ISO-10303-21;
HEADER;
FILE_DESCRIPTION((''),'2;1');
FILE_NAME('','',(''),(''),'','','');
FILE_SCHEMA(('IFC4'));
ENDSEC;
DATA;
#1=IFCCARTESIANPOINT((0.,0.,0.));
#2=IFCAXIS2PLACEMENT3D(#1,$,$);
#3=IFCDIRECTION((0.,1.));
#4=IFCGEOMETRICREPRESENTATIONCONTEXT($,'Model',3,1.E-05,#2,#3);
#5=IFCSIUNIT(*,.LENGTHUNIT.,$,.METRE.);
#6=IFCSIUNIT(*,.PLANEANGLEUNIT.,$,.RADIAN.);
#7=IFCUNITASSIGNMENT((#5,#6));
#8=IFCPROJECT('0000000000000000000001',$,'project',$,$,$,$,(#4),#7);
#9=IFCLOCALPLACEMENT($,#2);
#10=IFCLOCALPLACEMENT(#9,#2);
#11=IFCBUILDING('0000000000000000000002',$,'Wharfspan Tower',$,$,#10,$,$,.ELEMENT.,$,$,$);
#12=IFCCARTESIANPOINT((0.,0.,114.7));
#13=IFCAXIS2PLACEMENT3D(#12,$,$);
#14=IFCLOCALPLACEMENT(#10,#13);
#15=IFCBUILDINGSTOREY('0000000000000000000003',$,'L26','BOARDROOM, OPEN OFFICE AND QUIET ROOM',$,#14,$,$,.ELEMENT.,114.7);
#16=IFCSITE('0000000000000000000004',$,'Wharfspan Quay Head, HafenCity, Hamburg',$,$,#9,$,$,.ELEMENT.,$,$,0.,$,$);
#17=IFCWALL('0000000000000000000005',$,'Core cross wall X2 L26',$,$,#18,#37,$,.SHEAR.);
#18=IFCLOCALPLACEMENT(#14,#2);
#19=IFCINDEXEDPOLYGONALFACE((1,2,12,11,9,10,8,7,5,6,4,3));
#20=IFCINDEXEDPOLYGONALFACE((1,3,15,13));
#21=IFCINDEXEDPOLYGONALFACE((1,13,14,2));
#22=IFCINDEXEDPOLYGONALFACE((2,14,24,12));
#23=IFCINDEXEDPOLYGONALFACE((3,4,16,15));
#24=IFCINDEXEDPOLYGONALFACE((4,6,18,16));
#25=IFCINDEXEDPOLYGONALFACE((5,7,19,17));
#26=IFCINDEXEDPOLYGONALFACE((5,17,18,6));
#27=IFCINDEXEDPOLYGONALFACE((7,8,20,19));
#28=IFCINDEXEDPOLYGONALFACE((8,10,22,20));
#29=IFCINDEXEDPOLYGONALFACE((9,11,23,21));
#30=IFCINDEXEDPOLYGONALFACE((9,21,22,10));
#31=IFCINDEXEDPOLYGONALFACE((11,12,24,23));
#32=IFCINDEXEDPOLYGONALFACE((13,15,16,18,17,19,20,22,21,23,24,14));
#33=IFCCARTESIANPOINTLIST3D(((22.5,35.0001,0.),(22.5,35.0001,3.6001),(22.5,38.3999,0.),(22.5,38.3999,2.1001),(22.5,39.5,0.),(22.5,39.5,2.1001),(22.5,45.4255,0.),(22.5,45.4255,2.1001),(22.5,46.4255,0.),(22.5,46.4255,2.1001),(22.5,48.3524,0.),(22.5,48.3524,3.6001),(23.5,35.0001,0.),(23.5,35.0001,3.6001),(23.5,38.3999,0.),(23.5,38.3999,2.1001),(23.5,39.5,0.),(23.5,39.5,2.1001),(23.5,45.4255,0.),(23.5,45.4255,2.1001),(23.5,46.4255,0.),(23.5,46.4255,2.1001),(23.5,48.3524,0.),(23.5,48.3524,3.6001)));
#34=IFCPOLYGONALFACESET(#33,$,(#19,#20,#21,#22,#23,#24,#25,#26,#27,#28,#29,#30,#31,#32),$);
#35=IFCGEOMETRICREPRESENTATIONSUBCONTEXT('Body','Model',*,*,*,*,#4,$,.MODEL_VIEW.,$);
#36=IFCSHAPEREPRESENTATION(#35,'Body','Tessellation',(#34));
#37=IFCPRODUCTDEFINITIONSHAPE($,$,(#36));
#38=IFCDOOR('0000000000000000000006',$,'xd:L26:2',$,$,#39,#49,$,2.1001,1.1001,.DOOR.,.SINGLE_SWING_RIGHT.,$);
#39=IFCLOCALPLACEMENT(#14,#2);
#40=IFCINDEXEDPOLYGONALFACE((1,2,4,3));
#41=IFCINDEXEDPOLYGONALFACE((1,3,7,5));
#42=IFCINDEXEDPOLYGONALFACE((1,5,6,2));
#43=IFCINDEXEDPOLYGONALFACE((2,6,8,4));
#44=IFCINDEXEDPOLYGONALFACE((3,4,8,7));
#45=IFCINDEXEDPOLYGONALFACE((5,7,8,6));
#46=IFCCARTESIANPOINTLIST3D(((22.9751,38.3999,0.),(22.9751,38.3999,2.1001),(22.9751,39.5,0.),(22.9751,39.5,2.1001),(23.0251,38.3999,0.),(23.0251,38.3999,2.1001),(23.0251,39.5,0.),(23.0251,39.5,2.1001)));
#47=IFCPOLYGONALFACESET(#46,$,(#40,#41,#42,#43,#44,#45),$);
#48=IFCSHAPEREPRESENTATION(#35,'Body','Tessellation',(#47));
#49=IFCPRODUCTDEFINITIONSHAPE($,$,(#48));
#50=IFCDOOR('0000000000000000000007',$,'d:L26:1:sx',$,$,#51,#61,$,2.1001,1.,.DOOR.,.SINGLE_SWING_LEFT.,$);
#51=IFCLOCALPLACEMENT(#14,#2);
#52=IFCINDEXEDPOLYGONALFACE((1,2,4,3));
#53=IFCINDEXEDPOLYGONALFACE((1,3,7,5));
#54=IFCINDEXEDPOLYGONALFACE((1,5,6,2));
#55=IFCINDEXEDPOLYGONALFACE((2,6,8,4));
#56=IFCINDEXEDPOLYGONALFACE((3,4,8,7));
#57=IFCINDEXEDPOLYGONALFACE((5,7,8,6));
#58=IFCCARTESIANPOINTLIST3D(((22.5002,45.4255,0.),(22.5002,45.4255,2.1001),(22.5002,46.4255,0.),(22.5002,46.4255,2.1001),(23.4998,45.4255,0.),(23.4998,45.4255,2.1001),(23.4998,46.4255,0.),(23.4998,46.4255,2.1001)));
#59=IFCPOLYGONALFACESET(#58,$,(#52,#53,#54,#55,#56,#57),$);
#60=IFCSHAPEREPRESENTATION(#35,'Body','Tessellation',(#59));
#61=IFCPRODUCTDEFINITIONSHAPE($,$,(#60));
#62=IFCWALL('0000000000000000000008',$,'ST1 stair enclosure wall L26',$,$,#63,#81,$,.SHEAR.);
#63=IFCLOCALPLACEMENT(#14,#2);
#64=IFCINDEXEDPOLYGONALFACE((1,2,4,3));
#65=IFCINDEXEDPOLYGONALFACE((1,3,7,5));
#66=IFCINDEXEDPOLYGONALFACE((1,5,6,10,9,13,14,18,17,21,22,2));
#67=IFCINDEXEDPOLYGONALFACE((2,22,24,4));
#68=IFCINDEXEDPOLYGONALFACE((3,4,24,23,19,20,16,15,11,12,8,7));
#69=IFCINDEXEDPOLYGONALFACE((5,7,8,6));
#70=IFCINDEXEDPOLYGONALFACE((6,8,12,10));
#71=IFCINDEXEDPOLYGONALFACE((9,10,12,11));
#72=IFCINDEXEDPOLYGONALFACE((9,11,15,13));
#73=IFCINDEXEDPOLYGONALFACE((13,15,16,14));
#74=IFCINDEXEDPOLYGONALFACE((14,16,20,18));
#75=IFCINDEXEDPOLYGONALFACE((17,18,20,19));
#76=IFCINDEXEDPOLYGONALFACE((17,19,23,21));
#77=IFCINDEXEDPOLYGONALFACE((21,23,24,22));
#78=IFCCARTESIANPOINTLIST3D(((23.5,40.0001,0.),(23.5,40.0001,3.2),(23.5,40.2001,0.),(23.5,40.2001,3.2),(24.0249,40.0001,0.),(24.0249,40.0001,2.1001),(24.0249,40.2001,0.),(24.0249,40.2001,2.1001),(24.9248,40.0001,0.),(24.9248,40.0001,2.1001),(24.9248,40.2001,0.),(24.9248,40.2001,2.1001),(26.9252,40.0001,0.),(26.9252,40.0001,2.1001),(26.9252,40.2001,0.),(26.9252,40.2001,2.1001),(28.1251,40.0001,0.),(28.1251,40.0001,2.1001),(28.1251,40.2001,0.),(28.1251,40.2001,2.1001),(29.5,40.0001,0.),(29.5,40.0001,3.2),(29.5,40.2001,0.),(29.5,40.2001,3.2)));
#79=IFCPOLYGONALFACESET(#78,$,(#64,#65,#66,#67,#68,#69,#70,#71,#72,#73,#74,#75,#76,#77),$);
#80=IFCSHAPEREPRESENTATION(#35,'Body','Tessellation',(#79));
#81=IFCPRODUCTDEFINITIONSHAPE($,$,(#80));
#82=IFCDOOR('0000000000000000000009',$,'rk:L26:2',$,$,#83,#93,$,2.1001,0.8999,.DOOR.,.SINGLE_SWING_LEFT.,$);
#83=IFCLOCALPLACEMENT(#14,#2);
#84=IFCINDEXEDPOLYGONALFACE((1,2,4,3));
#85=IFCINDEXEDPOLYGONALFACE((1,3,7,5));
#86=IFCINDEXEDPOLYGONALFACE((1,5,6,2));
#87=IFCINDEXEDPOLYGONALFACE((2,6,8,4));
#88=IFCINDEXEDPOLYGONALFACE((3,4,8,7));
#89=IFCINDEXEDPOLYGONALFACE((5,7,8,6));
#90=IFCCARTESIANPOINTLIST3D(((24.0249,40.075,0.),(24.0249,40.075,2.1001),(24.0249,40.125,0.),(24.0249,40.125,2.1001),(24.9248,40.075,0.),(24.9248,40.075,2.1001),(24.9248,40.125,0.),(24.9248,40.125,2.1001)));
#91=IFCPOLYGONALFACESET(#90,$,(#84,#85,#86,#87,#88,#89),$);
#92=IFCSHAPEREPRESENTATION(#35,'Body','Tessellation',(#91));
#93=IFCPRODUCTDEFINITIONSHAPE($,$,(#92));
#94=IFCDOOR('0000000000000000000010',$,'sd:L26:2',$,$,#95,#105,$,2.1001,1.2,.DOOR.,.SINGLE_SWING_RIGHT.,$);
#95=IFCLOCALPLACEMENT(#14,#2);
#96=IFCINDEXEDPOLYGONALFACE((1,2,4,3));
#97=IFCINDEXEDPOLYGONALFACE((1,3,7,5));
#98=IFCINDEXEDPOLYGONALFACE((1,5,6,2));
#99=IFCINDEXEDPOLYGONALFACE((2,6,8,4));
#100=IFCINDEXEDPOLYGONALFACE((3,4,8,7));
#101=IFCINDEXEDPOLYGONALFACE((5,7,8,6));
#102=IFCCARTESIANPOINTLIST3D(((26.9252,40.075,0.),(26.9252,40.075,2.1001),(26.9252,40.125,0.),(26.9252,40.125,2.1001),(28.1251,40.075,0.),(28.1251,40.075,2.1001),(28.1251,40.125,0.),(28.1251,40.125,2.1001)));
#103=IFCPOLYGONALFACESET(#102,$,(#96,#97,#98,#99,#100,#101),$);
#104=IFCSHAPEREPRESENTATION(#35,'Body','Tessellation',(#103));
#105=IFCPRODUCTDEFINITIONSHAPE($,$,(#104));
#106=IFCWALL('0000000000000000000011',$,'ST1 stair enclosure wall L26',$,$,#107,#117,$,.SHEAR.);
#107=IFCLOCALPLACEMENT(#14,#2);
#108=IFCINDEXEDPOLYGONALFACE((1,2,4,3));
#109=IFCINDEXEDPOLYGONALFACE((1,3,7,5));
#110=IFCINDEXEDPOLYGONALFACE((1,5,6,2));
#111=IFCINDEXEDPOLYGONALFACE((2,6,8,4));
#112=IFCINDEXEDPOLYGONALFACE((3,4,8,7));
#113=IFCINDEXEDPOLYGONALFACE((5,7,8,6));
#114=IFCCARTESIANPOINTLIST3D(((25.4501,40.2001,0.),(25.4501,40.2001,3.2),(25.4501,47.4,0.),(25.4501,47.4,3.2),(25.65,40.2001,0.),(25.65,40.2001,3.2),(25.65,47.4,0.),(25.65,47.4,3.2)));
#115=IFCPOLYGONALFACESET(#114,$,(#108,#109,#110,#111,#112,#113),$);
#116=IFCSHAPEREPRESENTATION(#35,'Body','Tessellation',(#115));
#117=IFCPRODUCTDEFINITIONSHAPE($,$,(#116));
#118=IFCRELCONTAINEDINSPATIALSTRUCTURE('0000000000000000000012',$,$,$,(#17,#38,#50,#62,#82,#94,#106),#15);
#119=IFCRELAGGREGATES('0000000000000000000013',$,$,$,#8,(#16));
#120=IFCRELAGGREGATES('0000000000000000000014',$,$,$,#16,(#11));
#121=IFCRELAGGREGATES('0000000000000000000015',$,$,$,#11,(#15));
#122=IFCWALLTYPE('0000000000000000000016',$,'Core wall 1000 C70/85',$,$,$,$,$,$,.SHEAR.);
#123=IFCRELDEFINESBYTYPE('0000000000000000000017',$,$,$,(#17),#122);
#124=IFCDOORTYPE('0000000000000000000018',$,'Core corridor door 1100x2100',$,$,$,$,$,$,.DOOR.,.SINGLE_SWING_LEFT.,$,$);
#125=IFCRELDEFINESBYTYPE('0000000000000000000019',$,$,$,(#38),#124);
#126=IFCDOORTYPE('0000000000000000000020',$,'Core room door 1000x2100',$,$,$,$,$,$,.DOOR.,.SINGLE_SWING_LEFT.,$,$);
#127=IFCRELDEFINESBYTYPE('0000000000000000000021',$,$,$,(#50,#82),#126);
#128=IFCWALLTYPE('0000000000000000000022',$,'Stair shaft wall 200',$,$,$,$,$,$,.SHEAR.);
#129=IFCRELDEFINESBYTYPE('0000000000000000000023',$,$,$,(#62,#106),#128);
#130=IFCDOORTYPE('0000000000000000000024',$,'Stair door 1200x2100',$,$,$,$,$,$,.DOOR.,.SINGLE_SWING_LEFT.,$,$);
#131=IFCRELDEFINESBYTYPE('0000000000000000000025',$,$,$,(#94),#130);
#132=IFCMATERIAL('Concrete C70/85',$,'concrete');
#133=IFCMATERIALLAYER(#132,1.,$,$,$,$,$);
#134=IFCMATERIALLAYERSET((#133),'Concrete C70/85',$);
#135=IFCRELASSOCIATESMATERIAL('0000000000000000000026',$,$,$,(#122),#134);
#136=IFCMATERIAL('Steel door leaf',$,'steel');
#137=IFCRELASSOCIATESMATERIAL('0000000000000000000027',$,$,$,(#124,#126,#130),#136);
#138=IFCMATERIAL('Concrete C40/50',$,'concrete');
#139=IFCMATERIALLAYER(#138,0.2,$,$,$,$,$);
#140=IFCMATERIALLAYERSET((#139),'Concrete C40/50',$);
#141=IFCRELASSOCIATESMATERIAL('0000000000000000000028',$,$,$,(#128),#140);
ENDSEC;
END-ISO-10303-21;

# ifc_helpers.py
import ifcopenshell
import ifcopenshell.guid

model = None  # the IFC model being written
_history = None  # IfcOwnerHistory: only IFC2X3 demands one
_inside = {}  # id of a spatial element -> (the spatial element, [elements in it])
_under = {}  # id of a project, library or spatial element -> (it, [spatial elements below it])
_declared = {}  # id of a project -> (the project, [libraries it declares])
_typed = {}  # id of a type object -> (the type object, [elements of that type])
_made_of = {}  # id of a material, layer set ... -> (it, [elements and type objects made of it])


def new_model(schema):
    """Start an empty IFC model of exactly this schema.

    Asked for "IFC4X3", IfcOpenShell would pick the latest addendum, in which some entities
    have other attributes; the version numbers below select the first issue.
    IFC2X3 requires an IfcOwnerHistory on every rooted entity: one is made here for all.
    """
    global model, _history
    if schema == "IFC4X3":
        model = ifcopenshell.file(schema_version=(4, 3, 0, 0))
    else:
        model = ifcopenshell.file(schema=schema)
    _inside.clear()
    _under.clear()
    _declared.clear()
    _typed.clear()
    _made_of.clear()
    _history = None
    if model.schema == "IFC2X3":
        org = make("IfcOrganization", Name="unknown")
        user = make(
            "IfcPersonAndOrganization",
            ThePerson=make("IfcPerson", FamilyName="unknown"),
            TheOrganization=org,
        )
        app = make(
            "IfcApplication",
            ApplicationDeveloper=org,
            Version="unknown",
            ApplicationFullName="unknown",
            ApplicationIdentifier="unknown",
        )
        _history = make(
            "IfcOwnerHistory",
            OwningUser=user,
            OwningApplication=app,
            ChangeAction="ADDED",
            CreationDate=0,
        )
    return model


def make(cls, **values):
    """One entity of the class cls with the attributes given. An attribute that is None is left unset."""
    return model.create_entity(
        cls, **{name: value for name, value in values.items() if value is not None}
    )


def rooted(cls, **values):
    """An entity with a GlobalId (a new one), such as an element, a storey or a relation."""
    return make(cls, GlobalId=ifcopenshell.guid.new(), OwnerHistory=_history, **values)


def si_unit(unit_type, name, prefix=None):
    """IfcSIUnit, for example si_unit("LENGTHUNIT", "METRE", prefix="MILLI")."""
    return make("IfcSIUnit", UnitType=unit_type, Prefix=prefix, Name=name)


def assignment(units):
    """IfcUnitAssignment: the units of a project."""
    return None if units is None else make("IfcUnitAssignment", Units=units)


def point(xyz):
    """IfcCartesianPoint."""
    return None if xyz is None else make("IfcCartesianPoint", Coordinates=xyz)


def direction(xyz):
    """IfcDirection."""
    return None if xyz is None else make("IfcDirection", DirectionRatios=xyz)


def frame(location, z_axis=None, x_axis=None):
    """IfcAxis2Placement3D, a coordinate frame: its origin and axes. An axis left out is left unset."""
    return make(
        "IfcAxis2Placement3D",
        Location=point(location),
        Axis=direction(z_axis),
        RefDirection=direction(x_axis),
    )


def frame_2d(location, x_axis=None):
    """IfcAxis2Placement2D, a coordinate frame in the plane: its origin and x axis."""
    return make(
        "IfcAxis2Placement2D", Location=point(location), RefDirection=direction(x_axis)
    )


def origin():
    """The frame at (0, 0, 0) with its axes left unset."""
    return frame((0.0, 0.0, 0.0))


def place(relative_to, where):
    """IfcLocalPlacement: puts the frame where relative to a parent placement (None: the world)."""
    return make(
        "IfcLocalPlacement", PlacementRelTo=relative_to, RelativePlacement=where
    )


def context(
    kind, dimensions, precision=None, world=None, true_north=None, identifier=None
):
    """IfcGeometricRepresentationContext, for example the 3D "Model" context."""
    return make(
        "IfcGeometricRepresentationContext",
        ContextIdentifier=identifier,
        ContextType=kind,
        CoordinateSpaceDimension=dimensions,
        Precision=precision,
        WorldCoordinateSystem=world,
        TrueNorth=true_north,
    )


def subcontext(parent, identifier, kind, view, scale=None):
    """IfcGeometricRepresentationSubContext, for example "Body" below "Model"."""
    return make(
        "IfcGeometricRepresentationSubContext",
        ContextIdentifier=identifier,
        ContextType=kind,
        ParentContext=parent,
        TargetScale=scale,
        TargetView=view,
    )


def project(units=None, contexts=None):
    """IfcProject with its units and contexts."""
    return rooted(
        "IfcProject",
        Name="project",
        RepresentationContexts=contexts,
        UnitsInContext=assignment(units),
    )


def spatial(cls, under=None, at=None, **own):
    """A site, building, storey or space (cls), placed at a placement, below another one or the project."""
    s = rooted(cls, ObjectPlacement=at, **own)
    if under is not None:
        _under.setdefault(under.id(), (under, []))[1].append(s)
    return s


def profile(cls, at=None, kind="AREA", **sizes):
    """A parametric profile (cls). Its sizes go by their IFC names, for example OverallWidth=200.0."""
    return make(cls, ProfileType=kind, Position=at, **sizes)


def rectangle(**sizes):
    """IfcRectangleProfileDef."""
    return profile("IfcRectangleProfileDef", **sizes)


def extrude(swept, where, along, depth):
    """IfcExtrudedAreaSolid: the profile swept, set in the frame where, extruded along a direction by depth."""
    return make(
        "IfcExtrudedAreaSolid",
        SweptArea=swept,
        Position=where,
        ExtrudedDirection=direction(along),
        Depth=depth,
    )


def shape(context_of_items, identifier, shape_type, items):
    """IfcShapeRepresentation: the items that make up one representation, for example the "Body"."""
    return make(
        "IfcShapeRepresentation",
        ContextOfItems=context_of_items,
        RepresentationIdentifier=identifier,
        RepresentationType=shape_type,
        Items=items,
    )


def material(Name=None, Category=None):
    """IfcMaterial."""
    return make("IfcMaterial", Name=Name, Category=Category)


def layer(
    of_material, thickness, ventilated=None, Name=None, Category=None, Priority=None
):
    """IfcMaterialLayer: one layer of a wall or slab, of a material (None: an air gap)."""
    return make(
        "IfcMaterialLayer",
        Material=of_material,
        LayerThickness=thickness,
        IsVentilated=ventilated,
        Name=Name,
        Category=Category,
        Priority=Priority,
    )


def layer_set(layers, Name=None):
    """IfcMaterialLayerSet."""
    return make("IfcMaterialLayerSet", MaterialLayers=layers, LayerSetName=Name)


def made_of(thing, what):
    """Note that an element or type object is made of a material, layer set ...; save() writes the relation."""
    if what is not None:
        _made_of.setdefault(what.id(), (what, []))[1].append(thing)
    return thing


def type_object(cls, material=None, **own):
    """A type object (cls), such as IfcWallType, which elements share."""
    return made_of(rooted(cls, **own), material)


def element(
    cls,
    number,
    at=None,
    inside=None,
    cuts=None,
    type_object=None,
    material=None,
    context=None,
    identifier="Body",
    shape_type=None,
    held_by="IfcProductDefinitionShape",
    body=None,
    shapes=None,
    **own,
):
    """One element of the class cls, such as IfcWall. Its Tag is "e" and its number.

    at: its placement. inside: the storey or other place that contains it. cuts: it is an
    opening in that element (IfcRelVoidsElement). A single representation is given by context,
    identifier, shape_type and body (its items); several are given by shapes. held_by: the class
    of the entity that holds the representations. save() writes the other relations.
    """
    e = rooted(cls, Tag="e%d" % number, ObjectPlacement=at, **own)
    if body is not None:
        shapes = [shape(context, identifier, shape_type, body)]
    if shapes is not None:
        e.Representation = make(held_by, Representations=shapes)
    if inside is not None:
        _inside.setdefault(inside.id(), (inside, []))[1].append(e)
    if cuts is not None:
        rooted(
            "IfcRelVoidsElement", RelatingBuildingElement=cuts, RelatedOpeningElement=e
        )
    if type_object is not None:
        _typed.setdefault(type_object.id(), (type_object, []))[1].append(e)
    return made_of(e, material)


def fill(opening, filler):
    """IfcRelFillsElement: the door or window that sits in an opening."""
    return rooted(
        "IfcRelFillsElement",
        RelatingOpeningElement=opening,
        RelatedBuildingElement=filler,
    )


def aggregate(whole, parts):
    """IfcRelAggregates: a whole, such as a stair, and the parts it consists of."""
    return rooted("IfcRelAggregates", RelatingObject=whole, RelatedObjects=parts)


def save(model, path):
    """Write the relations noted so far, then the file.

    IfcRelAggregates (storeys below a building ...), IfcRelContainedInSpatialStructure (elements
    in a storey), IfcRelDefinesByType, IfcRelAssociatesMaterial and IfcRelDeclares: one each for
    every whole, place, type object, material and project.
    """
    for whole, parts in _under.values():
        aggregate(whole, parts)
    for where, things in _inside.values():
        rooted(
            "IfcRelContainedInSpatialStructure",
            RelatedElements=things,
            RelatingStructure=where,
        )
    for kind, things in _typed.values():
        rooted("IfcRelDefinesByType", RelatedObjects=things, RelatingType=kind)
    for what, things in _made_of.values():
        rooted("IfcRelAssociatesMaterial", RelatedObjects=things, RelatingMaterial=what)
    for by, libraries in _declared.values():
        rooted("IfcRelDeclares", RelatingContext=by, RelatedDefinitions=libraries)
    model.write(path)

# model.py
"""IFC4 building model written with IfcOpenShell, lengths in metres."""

from ifc_helpers import new_model, si_unit, direction, frame, frame_2d, origin, place, context, subcontext, project, spatial, rectangle, extrude, material, layer, layer_set, type_object, element, fill, save


model = new_model("IFC4")

# Units and contexts
model_context = context("Model", 3, precision=1e-05, world=origin(), true_north=direction((0.0, 1.0)))
body_context = subcontext(model_context, "Body", "Model", "MODEL_VIEW")
ifc_project = project(units=[si_unit("LENGTHUNIT", "METRE"), si_unit("PLANEANGLEUNIT", "RADIAN")], contexts=[model_context])

# Site, building, storey
site_placement = place(None, origin())
site = spatial("IfcSite", under=ifc_project, at=site_placement, Name="Wharfspan Quay Head, HafenCity, Hamburg", CompositionType="ELEMENT", RefElevation=0.0)
building_placement = place(site_placement, origin())
building = spatial("IfcBuilding", under=site, at=building_placement, Name="Wharfspan Tower", CompositionType="ELEMENT")
storey_placement = place(building_placement, frame((0.0, 0.0, 114.7)))
storey = spatial("IfcBuildingStorey", under=building, at=storey_placement, Name="L26", Description="BOARDROOM, OPEN OFFICE AND QUIET ROOM", CompositionType="ELEMENT", Elevation=114.7)

# Walls, openings, doors
ifc_material_1 = material(Name="Concrete C70/85", Category="concrete")
ifc_layer_1 = layer(ifc_material_1, 1.0)
ifc_layer_set_1 = layer_set([ifc_layer_1], Name="Concrete C70/85")
wall_type_1 = type_object("IfcWallType", Name="Core wall 1000 C70/85", PredefinedType="SHEAR", material=ifc_layer_set_1)
wall_1_placement = place(storey_placement, frame((23.0, 35.0, 0.0), z_axis=(0.0, 0.0, 1.0), x_axis=(0.0, 1.0, 0.0)))
wall_1 = element("IfcWall", 1, at=wall_1_placement, inside=storey, type_object=wall_type_1, Name="Core cross wall X2 L26", PredefinedType="SHEAR", context=body_context, shape_type="SweptSolid", body=[
    extrude(rectangle(XDim=13.3523, YDim=1.0, at=frame_2d((6.6763, 0.0))), origin(), (0.0, 0.0, 1.0), 3.6001),
])
opening_1_placement = place(wall_1_placement, frame((10.4255, 0.0, 0.0)))
opening_1 = element("IfcOpeningElement", 2, at=opening_1_placement, cuts=wall_1, PredefinedType="OPENING", context=body_context, shape_type="SweptSolid", body=[
    extrude(rectangle(XDim=1.0, YDim=2.1001, at=frame_2d((0.5, 1.05))), frame((0.0, 0.51, 0.0), z_axis=(0.0, -1.0, 0.0), x_axis=(1.0, 0.0, 0.0)), (0.0, 0.0, 1.0), 1.02),
])
opening_2_placement = place(wall_1_placement, frame((3.3999, 0.0, 0.0)))
opening_2 = element("IfcOpeningElement", 3, at=opening_2_placement, cuts=wall_1, PredefinedType="OPENING", context=body_context, shape_type="SweptSolid", body=[
    extrude(rectangle(XDim=1.1001, YDim=2.1001, at=frame_2d((0.55, 1.05))), frame((0.0, 0.51, 0.0), z_axis=(0.0, -1.0, 0.0), x_axis=(1.0, 0.0, 0.0)), (0.0, 0.0, 1.0), 1.02),
])
ifc_material_2 = material(Name="Steel door leaf", Category="steel")
door_type_1 = type_object("IfcDoorType", Name="Core corridor door 1100x2100", OperationType="SINGLE_SWING_LEFT", PredefinedType="DOOR", material=ifc_material_2)
door_1_placement = place(opening_2_placement, origin())
door_1 = element("IfcDoor", 4, at=door_1_placement, inside=storey, type_object=door_type_1, Name="xd:L26:2", OperationType="SINGLE_SWING_RIGHT", OverallHeight=2.1001, OverallWidth=1.1001, PredefinedType="DOOR", context=body_context, shape_type="SweptSolid", body=[
    extrude(rectangle(XDim=1.1001, YDim=2.1001, at=frame_2d((0.55, 1.05))), frame((0.0, 0.0249, 0.0), z_axis=(0.0, -1.0, 0.0), x_axis=(1.0, 0.0, 0.0)), (0.0, 0.0, 1.0), 0.05),
])
fill(opening_2, door_1)
door_type_2 = type_object("IfcDoorType", Name="Core room door 1000x2100", OperationType="SINGLE_SWING_LEFT", PredefinedType="DOOR", material=ifc_material_2)
door_2_placement = place(opening_1_placement, origin())
door_2 = element("IfcDoor", 5, at=door_2_placement, inside=storey, type_object=door_type_2, Name="d:L26:1:sx", OperationType="SINGLE_SWING_LEFT", OverallHeight=2.1001, OverallWidth=1.0, PredefinedType="DOOR", context=body_context, shape_type="SweptSolid", body=[
    extrude(rectangle(XDim=1.0, YDim=2.1001, at=frame_2d((0.5, 1.05))), frame((0.0, 0.4998, 0.0), z_axis=(0.0, -1.0, 0.0), x_axis=(1.0, 0.0, 0.0)), (0.0, 0.0, 1.0), 0.9995),
])
fill(opening_1, door_2)
ifc_material_3 = material(Name="Concrete C40/50", Category="concrete")
ifc_layer_2 = layer(ifc_material_3, 0.2)
ifc_layer_set_2 = layer_set([ifc_layer_2], Name="Concrete C40/50")
wall_type_2 = type_object("IfcWallType", Name="Stair shaft wall 200", PredefinedType="SHEAR", material=ifc_layer_set_2)
wall_2_placement = place(storey_placement, frame((23.5, 40.1001, 0.0), z_axis=(0.0, 0.0, 1.0), x_axis=(1.0, 0.0, 0.0)))
wall_2 = element("IfcWall", 6, at=wall_2_placement, inside=storey, type_object=wall_type_2, Name="ST1 stair enclosure wall L26", PredefinedType="SHEAR", context=body_context, shape_type="SweptSolid", body=[
    extrude(rectangle(XDim=6.0, YDim=0.2, at=frame_2d((3.0, 0.0))), origin(), (0.0, 0.0, 1.0), 3.2),
])
opening_3_placement = place(wall_2_placement, frame((3.425, 0.0, 0.0)))
opening_3 = element("IfcOpeningElement", 7, at=opening_3_placement, cuts=wall_2, PredefinedType="OPENING", context=body_context, shape_type="SweptSolid", body=[
    extrude(rectangle(XDim=1.2, YDim=2.1001, at=frame_2d((0.6001, 1.05))), frame((0.0, 0.1099, 0.0), z_axis=(0.0, -1.0, 0.0), x_axis=(1.0, 0.0, 0.0)), (0.0, 0.0, 1.0), 0.22),
])
opening_4_placement = place(wall_2_placement, frame((0.5249, 0.0, 0.0)))
opening_4 = element("IfcOpeningElement", 8, at=opening_4_placement, cuts=wall_2, PredefinedType="OPENING", context=body_context, shape_type="SweptSolid", body=[
    extrude(rectangle(XDim=0.8999, YDim=2.1001, at=frame_2d((0.45, 1.05))), frame((0.0, 0.1099, 0.0), z_axis=(0.0, -1.0, 0.0), x_axis=(1.0, 0.0, 0.0)), (0.0, 0.0, 1.0), 0.22),
])
door_3_placement = place(opening_4_placement, origin())
door_3 = element("IfcDoor", 9, at=door_3_placement, inside=storey, type_object=door_type_2, Name="rk:L26:2", OperationType="SINGLE_SWING_LEFT", OverallHeight=2.1001, OverallWidth=0.8999, PredefinedType="DOOR", context=body_context, shape_type="SweptSolid", body=[
    extrude(rectangle(XDim=0.8999, YDim=2.1001, at=frame_2d((0.45, 1.05))), frame((0.0, 0.0249, 0.0), z_axis=(0.0, -1.0, 0.0), x_axis=(1.0, 0.0, 0.0)), (0.0, 0.0, 1.0), 0.05),
])
fill(opening_4, door_3)
door_type_3 = type_object("IfcDoorType", Name="Stair door 1200x2100", OperationType="SINGLE_SWING_LEFT", PredefinedType="DOOR", material=ifc_material_2)
door_4_placement = place(opening_3_placement, origin())
door_4 = element("IfcDoor", 10, at=door_4_placement, inside=storey, type_object=door_type_3, Name="sd:L26:2", OperationType="SINGLE_SWING_RIGHT", OverallHeight=2.1001, OverallWidth=1.2, PredefinedType="DOOR", context=body_context, shape_type="SweptSolid", body=[
    extrude(rectangle(XDim=1.2, YDim=2.1001, at=frame_2d((0.6001, 1.05))), frame((0.0, 0.0249, 0.0), z_axis=(0.0, -1.0, 0.0), x_axis=(1.0, 0.0, 0.0)), (0.0, 0.0, 1.0), 0.05),
])
fill(opening_3, door_4)

# Wall
wall_3_placement = place(storey_placement, frame((25.55, 40.2, 0.0), z_axis=(0.0, 0.0, 1.0), x_axis=(0.0, 1.0, 0.0)))
element("IfcWall", 11, at=wall_3_placement, inside=storey, type_object=wall_type_2, Name="ST1 stair enclosure wall L26", PredefinedType="SHEAR", context=body_context, shape_type="SweptSolid", body=[
    extrude(rectangle(XDim=7.2, YDim=0.2, at=frame_2d((3.6001, 0.0))), origin(), (0.0, 0.0, 1.0), 3.2),
])

save(model, "model.ifc")
